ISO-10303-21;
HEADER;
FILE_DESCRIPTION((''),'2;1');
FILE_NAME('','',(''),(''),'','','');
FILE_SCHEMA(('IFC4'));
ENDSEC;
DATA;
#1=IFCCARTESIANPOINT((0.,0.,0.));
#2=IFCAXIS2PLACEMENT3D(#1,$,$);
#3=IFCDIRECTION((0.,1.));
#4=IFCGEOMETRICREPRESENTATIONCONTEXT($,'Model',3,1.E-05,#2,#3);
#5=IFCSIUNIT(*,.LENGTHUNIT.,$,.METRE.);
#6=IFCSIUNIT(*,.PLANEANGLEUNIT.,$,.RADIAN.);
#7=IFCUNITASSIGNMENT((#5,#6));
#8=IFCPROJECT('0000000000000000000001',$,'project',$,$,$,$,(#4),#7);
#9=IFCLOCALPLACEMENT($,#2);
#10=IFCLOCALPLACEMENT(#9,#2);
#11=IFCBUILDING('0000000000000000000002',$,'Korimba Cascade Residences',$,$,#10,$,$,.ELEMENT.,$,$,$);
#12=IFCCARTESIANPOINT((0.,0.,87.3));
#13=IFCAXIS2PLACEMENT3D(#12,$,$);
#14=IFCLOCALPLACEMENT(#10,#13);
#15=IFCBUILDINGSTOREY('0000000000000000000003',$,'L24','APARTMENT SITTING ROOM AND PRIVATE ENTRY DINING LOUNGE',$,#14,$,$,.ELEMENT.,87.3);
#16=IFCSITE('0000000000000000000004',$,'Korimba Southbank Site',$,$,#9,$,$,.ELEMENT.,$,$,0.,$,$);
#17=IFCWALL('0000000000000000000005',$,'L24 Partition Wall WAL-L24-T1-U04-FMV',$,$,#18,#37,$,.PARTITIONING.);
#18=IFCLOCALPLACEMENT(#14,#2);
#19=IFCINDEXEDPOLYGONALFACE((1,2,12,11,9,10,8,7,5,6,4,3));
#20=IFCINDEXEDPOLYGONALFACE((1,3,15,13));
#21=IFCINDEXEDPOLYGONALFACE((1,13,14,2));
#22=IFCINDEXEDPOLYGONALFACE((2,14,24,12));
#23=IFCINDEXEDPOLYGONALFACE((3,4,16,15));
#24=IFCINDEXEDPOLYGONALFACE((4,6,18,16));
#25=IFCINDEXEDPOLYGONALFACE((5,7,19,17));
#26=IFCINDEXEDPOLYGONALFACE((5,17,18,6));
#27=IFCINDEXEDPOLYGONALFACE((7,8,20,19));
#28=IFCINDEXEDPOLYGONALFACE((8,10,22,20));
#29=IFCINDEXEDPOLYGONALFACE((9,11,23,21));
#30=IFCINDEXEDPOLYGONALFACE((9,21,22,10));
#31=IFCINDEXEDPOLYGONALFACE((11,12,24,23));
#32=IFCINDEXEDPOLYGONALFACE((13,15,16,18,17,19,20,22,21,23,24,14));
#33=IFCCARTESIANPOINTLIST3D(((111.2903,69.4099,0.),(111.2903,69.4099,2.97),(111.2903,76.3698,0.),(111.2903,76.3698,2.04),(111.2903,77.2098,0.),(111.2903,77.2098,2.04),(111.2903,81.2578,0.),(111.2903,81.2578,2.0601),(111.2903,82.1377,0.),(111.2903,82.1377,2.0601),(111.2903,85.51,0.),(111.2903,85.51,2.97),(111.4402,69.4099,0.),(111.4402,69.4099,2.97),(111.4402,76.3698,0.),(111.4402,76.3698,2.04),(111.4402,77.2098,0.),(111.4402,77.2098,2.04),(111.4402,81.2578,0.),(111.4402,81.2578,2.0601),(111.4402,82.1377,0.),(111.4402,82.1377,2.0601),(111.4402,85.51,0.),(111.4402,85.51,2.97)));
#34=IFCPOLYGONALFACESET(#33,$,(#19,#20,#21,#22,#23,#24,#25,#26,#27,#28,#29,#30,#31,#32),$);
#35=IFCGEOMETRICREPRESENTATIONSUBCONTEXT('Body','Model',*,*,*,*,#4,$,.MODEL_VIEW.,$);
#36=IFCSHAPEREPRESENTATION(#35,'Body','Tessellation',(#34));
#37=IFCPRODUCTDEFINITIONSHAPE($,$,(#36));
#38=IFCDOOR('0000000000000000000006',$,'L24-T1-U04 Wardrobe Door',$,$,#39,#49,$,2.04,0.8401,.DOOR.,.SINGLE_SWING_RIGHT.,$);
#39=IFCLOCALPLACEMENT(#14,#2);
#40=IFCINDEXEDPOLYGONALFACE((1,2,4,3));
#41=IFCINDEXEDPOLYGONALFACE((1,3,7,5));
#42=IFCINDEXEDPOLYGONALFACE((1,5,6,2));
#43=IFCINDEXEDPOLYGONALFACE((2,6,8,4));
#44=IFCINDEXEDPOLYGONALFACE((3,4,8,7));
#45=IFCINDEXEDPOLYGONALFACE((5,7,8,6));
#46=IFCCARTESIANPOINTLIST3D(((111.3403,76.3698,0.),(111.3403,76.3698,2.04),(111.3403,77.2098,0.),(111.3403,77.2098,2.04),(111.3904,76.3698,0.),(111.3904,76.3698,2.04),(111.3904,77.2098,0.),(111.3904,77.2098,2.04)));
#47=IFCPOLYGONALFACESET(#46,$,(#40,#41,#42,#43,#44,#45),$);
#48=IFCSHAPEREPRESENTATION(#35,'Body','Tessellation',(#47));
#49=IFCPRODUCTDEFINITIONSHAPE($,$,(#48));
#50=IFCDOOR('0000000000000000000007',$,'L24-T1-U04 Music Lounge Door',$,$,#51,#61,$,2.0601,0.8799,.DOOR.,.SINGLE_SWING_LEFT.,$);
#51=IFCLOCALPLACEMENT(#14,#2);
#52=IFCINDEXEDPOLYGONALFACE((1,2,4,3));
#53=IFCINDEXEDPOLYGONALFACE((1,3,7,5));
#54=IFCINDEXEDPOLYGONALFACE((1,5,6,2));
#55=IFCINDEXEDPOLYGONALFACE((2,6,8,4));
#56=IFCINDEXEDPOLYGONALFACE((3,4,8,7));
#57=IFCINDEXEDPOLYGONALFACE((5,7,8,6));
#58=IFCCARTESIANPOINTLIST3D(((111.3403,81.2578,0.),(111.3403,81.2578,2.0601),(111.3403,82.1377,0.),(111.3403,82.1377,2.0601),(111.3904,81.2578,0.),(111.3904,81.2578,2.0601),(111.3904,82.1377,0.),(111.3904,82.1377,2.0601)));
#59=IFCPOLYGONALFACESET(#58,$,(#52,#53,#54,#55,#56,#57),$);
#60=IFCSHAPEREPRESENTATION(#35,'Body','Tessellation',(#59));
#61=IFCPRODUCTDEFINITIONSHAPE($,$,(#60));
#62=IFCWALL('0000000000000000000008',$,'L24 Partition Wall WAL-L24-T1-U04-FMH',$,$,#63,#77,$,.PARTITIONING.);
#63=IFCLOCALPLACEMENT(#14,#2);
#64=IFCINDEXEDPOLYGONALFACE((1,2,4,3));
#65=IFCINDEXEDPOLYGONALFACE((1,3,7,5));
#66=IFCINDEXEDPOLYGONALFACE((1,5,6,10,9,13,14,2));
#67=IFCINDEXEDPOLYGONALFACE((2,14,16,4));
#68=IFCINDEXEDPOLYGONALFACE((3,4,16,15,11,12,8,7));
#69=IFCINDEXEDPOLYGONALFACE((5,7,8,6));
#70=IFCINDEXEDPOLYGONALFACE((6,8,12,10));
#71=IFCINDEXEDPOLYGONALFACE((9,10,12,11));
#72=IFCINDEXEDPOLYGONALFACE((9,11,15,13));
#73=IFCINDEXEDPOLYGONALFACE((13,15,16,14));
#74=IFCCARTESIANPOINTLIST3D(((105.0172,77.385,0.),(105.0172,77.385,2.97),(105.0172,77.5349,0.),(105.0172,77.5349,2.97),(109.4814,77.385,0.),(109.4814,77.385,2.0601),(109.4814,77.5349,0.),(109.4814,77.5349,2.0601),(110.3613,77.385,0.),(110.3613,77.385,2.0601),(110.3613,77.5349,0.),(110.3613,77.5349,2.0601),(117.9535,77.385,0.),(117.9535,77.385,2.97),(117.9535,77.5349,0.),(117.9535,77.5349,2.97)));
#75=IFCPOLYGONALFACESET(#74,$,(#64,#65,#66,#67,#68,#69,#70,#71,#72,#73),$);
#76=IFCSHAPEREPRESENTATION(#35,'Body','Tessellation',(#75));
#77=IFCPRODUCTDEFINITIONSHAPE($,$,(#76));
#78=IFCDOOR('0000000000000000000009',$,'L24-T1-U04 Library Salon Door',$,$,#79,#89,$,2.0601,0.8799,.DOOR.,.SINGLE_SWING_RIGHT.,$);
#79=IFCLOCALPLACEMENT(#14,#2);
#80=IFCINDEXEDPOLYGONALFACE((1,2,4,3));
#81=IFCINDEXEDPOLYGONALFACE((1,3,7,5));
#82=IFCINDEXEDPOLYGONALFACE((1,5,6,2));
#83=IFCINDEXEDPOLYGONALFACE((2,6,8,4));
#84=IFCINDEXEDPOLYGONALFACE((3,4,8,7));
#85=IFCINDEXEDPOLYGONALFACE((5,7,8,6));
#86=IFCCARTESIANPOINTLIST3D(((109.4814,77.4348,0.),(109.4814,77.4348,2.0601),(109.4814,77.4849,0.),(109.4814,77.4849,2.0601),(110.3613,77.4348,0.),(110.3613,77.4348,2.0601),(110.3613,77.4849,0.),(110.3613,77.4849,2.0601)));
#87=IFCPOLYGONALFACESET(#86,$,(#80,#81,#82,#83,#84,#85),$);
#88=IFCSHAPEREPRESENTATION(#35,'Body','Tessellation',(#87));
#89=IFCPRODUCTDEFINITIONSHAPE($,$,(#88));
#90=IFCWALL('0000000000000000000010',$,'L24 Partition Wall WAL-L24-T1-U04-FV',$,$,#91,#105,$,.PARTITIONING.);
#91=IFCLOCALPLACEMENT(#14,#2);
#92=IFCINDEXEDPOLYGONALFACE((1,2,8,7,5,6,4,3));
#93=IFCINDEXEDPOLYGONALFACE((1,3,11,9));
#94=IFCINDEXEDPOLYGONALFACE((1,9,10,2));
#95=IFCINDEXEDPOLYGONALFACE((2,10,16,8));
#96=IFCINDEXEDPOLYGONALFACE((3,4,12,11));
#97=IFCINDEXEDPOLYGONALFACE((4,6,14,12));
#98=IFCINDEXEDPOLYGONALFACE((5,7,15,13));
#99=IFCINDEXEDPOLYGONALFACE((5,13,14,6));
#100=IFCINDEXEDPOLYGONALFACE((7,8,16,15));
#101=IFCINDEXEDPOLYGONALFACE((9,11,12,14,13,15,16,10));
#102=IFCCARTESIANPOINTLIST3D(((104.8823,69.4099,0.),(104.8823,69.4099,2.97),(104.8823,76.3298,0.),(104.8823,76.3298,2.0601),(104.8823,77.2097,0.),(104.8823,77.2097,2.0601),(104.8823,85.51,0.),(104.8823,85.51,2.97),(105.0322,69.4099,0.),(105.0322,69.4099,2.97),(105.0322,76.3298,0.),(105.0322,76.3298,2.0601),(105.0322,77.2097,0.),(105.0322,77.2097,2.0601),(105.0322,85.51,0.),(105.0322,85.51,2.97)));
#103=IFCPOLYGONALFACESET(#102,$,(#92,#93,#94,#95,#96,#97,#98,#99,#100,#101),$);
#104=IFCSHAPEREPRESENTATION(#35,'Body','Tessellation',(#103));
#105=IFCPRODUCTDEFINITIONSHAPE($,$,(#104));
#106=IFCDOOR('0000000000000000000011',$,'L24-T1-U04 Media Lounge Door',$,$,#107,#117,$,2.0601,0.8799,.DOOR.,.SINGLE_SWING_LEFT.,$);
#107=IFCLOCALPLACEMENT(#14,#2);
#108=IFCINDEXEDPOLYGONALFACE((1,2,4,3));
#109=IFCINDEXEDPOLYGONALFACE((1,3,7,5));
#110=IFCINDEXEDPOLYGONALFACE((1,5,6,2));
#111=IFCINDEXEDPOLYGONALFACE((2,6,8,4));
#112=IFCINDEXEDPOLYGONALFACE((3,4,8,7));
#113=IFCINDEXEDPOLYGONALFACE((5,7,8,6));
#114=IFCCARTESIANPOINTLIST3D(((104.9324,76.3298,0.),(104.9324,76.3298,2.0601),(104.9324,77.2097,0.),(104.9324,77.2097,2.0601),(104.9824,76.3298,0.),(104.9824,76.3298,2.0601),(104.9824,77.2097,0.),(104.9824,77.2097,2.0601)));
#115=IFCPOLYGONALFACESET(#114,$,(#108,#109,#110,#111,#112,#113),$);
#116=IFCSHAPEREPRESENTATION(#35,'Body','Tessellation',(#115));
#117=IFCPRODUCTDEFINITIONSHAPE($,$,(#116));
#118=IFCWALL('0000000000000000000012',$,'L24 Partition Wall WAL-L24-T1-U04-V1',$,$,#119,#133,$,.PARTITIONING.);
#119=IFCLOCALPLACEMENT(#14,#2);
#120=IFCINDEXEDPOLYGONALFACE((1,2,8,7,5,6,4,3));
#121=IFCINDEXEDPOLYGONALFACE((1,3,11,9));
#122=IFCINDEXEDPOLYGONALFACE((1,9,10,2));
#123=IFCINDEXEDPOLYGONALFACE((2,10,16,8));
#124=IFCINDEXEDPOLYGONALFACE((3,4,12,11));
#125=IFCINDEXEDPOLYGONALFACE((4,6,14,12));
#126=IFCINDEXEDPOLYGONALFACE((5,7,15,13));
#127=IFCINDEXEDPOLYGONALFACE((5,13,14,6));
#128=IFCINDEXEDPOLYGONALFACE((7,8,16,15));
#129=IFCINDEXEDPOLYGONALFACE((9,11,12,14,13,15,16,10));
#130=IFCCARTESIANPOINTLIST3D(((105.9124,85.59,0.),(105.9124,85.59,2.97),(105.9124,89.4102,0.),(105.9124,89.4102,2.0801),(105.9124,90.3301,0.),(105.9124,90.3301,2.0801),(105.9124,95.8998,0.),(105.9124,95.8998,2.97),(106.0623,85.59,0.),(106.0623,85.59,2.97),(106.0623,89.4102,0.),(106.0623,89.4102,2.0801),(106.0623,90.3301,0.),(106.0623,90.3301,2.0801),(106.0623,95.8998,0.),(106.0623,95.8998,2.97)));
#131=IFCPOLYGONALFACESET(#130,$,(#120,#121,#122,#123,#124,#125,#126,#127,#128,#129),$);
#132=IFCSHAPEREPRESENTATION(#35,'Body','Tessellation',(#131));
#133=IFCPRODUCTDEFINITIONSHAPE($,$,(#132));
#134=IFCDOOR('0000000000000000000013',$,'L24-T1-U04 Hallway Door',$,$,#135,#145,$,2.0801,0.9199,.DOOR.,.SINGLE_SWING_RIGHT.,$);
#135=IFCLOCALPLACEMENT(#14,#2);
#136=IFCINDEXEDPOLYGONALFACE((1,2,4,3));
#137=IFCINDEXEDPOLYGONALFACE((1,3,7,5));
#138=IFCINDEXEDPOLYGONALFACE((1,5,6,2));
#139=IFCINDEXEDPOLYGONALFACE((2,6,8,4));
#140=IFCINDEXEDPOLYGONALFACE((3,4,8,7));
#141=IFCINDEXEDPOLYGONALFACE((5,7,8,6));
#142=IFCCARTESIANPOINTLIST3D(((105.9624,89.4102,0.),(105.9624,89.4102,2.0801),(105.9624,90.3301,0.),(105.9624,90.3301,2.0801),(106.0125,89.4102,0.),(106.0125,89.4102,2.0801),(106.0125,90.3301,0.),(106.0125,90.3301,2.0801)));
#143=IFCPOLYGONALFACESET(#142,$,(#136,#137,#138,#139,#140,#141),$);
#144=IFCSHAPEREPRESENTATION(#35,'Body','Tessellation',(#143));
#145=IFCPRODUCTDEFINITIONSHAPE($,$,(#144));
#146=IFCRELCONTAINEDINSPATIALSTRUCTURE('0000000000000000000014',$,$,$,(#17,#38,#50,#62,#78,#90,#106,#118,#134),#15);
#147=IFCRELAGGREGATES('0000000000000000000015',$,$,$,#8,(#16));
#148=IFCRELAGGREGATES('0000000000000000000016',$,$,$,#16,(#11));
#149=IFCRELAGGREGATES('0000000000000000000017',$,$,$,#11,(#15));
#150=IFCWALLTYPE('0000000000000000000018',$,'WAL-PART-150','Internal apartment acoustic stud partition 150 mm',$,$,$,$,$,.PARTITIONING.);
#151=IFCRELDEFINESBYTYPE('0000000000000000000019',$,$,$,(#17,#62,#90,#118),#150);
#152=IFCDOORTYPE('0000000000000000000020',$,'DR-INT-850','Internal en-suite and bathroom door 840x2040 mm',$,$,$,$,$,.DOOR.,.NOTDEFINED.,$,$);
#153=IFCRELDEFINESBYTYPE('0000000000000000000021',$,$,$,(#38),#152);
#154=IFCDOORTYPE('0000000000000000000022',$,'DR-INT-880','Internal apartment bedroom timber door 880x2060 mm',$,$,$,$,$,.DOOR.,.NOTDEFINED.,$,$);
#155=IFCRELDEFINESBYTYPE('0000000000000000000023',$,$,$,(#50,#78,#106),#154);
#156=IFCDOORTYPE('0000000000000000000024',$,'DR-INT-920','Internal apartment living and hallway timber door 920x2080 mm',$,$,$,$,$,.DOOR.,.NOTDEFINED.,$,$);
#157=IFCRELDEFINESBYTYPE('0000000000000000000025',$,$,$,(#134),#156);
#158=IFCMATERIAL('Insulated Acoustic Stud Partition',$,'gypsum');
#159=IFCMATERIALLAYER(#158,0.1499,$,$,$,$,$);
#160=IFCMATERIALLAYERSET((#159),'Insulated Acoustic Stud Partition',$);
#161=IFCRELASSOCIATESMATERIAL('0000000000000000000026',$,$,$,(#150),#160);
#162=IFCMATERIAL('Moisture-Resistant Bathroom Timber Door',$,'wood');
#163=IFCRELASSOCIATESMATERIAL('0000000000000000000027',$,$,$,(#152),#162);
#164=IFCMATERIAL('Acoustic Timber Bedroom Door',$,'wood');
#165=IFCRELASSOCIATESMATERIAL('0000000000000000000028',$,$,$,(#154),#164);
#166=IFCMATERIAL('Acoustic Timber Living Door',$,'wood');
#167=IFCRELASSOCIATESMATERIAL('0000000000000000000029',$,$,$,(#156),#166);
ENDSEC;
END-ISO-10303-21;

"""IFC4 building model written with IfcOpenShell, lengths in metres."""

from ifc_helpers import new_model, si_unit, direction, frame, frame_2d, origin, place, context, subcontext, project, spatial, rectangle, extrude, material, layer, layer_set, type_object, element, fill, save


model = new_model("IFC4")

# Units and contexts
model_context = context("Model", 3, precision=1e-05, world=origin(), true_north=direction((0.0, 1.0)))
body_context = subcontext(model_context, "Body", "Model", "MODEL_VIEW")
ifc_project = project(units=[si_unit("LENGTHUNIT", "METRE"), si_unit("PLANEANGLEUNIT", "RADIAN")], contexts=[model_context])

# Site, building, storey
site_placement = place(None, origin())
site = spatial("IfcSite", under=ifc_project, at=site_placement, Name="Korimba Southbank Site", CompositionType="ELEMENT", RefElevation=0.0)
building_placement = place(site_placement, origin())
building = spatial("IfcBuilding", under=site, at=building_placement, Name="Korimba Cascade Residences", CompositionType="ELEMENT")
storey_placement = place(building_placement, frame((0.0, 0.0, 87.3)))
storey = spatial("IfcBuildingStorey", under=building, at=storey_placement, Name="L24", Description="APARTMENT SITTING ROOM AND PRIVATE ENTRY DINING LOUNGE", CompositionType="ELEMENT", Elevation=87.3)

# Wall, openings, doors
ifc_material_1 = material(Name="Insulated Acoustic Stud Partition", Category="gypsum")
ifc_layer_1 = layer(ifc_material_1, 0.1499)
ifc_layer_set_1 = layer_set([ifc_layer_1], Name="Insulated Acoustic Stud Partition")
wall_type_1 = type_object("IfcWallType", Name="WAL-PART-150", Description="Internal apartment acoustic stud partition 150 mm", PredefinedType="PARTITIONING", material=ifc_layer_set_1)
ifc_material_2 = material(Name="Moisture-Resistant Bathroom Timber Door", Category="wood")
door_type_1 = type_object("IfcDoorType", Name="DR-INT-850", Description="Internal en-suite and bathroom door 840x2040 mm", OperationType="NOTDEFINED", PredefinedType="DOOR", material=ifc_material_2)
ifc_material_3 = material(Name="Acoustic Timber Bedroom Door", Category="wood")
door_type_2 = type_object("IfcDoorType", Name="DR-INT-880", Description="Internal apartment bedroom timber door 880x2060 mm", OperationType="NOTDEFINED", PredefinedType="DOOR", material=ifc_material_3)
wall_1_placement = place(storey_placement, frame((111.3652, 69.4099, 0.0), z_axis=(0.0, 0.0, 1.0), x_axis=(0.0, 1.0, 0.0)))
wall_1 = element("IfcWall", 1, at=wall_1_placement, inside=storey, type_object=wall_type_1, Name="L24 Partition Wall WAL-L24-T1-U04-FMV", PredefinedType="PARTITIONING", context=body_context, shape_type="SweptSolid", body=[
    extrude(rectangle(XDim=16.1001, YDim=0.1499, at=frame_2d((8.05, 0.0))), origin(), (0.0, 0.0, 1.0), 2.97),
])
opening_1_placement = place(wall_1_placement, frame((6.96, 0.0, 0.0)))
opening_1 = element("IfcOpeningElement", 2, at=opening_1_placement, cuts=wall_1, PredefinedType="OPENING", context=body_context, shape_type="SweptSolid", body=[
    extrude(rectangle(XDim=0.8401, YDim=2.04, at=frame_2d((0.4199, 1.02))), frame((0.0, 0.085, 0.0), z_axis=(0.0, -1.0, 0.0), x_axis=(1.0, 0.0, 0.0)), (0.0, 0.0, 1.0), 0.1699),
])
opening_2_placement = place(wall_1_placement, frame((11.8479, 0.0, 0.0)))
opening_2 = element("IfcOpeningElement", 3, at=opening_2_placement, cuts=wall_1, PredefinedType="OPENING", context=body_context, shape_type="SweptSolid", body=[
    extrude(rectangle(XDim=0.8799, YDim=2.0601, at=frame_2d((0.4399, 1.03))), frame((0.0, 0.085, 0.0), z_axis=(0.0, -1.0, 0.0), x_axis=(1.0, 0.0, 0.0)), (0.0, 0.0, 1.0), 0.1699),
])
door_1_placement = place(opening_1_placement, origin())
door_1 = element("IfcDoor", 4, at=door_1_placement, inside=storey, type_object=door_type_1, Name="L24-T1-U04 Wardrobe Door", OperationType="SINGLE_SWING_RIGHT", OverallHeight=2.04, OverallWidth=0.8401, PredefinedType="DOOR", context=body_context, shape_type="SweptSolid", body=[
    extrude(rectangle(XDim=0.8401, YDim=2.04, at=frame_2d((0.4199, 1.02))), frame((0.0, 0.0249, 0.0), z_axis=(0.0, -1.0, 0.0), x_axis=(1.0, 0.0, 0.0)), (0.0, 0.0, 1.0), 0.05),
])
fill(opening_1, door_1)
door_2_placement = place(opening_2_placement, origin())
door_2 = element("IfcDoor", 5, at=door_2_placement, inside=storey, type_object=door_type_2, Name="L24-T1-U04 Music Lounge Door", OperationType="SINGLE_SWING_LEFT", OverallHeight=2.0601, OverallWidth=0.8799, PredefinedType="DOOR", context=body_context, shape_type="SweptSolid", body=[
    extrude(rectangle(XDim=0.8799, YDim=2.0601, at=frame_2d((0.4399, 1.03))), frame((0.0, 0.0249, 0.0), z_axis=(0.0, -1.0, 0.0), x_axis=(1.0, 0.0, 0.0)), (0.0, 0.0, 1.0), 0.05),
])
fill(opening_2, door_2)

# Walls, openings, doors
wall_2_placement = place(storey_placement, frame((105.0171, 77.46, 0.0), z_axis=(0.0, 0.0, 1.0), x_axis=(1.0, 0.0, 0.0)))
wall_2 = element("IfcWall", 6, at=wall_2_placement, inside=storey, type_object=wall_type_1, Name="L24 Partition Wall WAL-L24-T1-U04-FMH", PredefinedType="PARTITIONING", context=body_context, shape_type="SweptSolid", body=[
    extrude(rectangle(XDim=12.9363, YDim=0.1499, at=frame_2d((6.4683, 0.0))), origin(), (0.0, 0.0, 1.0), 2.97),
])
opening_3_placement = place(wall_2_placement, frame((4.4644, 0.0, 0.0)))
opening_3 = element("IfcOpeningElement", 7, at=opening_3_placement, cuts=wall_2, PredefinedType="OPENING", context=body_context, shape_type="SweptSolid", body=[
    extrude(rectangle(XDim=0.8799, YDim=2.0601, at=frame_2d((0.4399, 1.03))), frame((0.0, 0.085, 0.0), z_axis=(0.0, -1.0, 0.0), x_axis=(1.0, 0.0, 0.0)), (0.0, 0.0, 1.0), 0.1699),
])
door_3_placement = place(opening_3_placement, origin())
door_3 = element("IfcDoor", 8, at=door_3_placement, inside=storey, type_object=door_type_2, Name="L24-T1-U04 Library Salon Door", OperationType="SINGLE_SWING_RIGHT", OverallHeight=2.0601, OverallWidth=0.8799, PredefinedType="DOOR", context=body_context, shape_type="SweptSolid", body=[
    extrude(rectangle(XDim=0.8799, YDim=2.0601, at=frame_2d((0.4399, 1.03))), frame((0.0, 0.0249, 0.0), z_axis=(0.0, -1.0, 0.0), x_axis=(1.0, 0.0, 0.0)), (0.0, 0.0, 1.0), 0.05),
])
fill(opening_3, door_3)
wall_3_placement = place(storey_placement, frame((104.9573, 69.4099, 0.0), z_axis=(0.0, 0.0, 1.0), x_axis=(0.0, 1.0, 0.0)))
wall_3 = element("IfcWall", 9, at=wall_3_placement, inside=storey, type_object=wall_type_1, Name="L24 Partition Wall WAL-L24-T1-U04-FV", PredefinedType="PARTITIONING", context=body_context, shape_type="SweptSolid", body=[
    extrude(rectangle(XDim=16.1001, YDim=0.1499, at=frame_2d((8.05, 0.0))), origin(), (0.0, 0.0, 1.0), 2.97),
])
opening_4_placement = place(wall_3_placement, frame((6.9199, 0.0, 0.0)))
opening_4 = element("IfcOpeningElement", 10, at=opening_4_placement, cuts=wall_3, PredefinedType="OPENING", context=body_context, shape_type="SweptSolid", body=[
    extrude(rectangle(XDim=0.8799, YDim=2.0601, at=frame_2d((0.4399, 1.03))), frame((0.0, 0.085, 0.0), z_axis=(0.0, -1.0, 0.0), x_axis=(1.0, 0.0, 0.0)), (0.0, 0.0, 1.0), 0.1699),
])
door_4_placement = place(opening_4_placement, origin())
door_4 = element("IfcDoor", 11, at=door_4_placement, inside=storey, type_object=door_type_2, Name="L24-T1-U04 Media Lounge Door", OperationType="SINGLE_SWING_LEFT", OverallHeight=2.0601, OverallWidth=0.8799, PredefinedType="DOOR", context=body_context, shape_type="SweptSolid", body=[
    extrude(rectangle(XDim=0.8799, YDim=2.0601, at=frame_2d((0.4399, 1.03))), frame((0.0, 0.0249, 0.0), z_axis=(0.0, -1.0, 0.0), x_axis=(1.0, 0.0, 0.0)), (0.0, 0.0, 1.0), 0.05),
])
fill(opening_4, door_4)
wall_4_placement = place(storey_placement, frame((105.9873, 85.5901, 0.0), z_axis=(0.0, 0.0, 1.0), x_axis=(0.0, 1.0, 0.0)))
wall_4 = element("IfcWall", 12, at=wall_4_placement, inside=storey, type_object=wall_type_1, Name="L24 Partition Wall WAL-L24-T1-U04-V1", PredefinedType="PARTITIONING", context=body_context, shape_type="SweptSolid", body=[
    extrude(rectangle(XDim=10.3098, YDim=0.1499, at=frame_2d((5.1548, 0.0))), origin(), (0.0, 0.0, 1.0), 2.97),
])
opening_5_placement = place(wall_4_placement, frame((3.8201, 0.0, 0.0)))
opening_5 = element("IfcOpeningElement", 13, at=opening_5_placement, cuts=wall_4, PredefinedType="OPENING", context=body_context, shape_type="SweptSolid", body=[
    extrude(rectangle(XDim=0.9199, YDim=2.0801, at=frame_2d((0.46, 1.04))), frame((0.0, 0.085, 0.0), z_axis=(0.0, -1.0, 0.0), x_axis=(1.0, 0.0, 0.0)), (0.0, 0.0, 1.0), 0.1699),
])
ifc_material_4 = material(Name="Acoustic Timber Living Door", Category="wood")
door_type_3 = type_object("IfcDoorType", Name="DR-INT-920", Description="Internal apartment living and hallway timber door 920x2080 mm", OperationType="NOTDEFINED", PredefinedType="DOOR", material=ifc_material_4)
door_5_placement = place(opening_5_placement, origin())
door_5 = element("IfcDoor", 14, at=door_5_placement, inside=storey, type_object=door_type_3, Name="L24-T1-U04 Hallway Door", OperationType="SINGLE_SWING_RIGHT", OverallHeight=2.0801, OverallWidth=0.9199, PredefinedType="DOOR", context=body_context, shape_type="SweptSolid", body=[
    extrude(rectangle(XDim=0.9199, YDim=2.0801, at=frame_2d((0.46, 1.04))), frame((0.0, 0.0249, 0.0), z_axis=(0.0, -1.0, 0.0), x_axis=(1.0, 0.0, 0.0)), (0.0, 0.0, 1.0), 0.05),
])
fill(opening_5, door_5)

save(model, "model.ifc")
